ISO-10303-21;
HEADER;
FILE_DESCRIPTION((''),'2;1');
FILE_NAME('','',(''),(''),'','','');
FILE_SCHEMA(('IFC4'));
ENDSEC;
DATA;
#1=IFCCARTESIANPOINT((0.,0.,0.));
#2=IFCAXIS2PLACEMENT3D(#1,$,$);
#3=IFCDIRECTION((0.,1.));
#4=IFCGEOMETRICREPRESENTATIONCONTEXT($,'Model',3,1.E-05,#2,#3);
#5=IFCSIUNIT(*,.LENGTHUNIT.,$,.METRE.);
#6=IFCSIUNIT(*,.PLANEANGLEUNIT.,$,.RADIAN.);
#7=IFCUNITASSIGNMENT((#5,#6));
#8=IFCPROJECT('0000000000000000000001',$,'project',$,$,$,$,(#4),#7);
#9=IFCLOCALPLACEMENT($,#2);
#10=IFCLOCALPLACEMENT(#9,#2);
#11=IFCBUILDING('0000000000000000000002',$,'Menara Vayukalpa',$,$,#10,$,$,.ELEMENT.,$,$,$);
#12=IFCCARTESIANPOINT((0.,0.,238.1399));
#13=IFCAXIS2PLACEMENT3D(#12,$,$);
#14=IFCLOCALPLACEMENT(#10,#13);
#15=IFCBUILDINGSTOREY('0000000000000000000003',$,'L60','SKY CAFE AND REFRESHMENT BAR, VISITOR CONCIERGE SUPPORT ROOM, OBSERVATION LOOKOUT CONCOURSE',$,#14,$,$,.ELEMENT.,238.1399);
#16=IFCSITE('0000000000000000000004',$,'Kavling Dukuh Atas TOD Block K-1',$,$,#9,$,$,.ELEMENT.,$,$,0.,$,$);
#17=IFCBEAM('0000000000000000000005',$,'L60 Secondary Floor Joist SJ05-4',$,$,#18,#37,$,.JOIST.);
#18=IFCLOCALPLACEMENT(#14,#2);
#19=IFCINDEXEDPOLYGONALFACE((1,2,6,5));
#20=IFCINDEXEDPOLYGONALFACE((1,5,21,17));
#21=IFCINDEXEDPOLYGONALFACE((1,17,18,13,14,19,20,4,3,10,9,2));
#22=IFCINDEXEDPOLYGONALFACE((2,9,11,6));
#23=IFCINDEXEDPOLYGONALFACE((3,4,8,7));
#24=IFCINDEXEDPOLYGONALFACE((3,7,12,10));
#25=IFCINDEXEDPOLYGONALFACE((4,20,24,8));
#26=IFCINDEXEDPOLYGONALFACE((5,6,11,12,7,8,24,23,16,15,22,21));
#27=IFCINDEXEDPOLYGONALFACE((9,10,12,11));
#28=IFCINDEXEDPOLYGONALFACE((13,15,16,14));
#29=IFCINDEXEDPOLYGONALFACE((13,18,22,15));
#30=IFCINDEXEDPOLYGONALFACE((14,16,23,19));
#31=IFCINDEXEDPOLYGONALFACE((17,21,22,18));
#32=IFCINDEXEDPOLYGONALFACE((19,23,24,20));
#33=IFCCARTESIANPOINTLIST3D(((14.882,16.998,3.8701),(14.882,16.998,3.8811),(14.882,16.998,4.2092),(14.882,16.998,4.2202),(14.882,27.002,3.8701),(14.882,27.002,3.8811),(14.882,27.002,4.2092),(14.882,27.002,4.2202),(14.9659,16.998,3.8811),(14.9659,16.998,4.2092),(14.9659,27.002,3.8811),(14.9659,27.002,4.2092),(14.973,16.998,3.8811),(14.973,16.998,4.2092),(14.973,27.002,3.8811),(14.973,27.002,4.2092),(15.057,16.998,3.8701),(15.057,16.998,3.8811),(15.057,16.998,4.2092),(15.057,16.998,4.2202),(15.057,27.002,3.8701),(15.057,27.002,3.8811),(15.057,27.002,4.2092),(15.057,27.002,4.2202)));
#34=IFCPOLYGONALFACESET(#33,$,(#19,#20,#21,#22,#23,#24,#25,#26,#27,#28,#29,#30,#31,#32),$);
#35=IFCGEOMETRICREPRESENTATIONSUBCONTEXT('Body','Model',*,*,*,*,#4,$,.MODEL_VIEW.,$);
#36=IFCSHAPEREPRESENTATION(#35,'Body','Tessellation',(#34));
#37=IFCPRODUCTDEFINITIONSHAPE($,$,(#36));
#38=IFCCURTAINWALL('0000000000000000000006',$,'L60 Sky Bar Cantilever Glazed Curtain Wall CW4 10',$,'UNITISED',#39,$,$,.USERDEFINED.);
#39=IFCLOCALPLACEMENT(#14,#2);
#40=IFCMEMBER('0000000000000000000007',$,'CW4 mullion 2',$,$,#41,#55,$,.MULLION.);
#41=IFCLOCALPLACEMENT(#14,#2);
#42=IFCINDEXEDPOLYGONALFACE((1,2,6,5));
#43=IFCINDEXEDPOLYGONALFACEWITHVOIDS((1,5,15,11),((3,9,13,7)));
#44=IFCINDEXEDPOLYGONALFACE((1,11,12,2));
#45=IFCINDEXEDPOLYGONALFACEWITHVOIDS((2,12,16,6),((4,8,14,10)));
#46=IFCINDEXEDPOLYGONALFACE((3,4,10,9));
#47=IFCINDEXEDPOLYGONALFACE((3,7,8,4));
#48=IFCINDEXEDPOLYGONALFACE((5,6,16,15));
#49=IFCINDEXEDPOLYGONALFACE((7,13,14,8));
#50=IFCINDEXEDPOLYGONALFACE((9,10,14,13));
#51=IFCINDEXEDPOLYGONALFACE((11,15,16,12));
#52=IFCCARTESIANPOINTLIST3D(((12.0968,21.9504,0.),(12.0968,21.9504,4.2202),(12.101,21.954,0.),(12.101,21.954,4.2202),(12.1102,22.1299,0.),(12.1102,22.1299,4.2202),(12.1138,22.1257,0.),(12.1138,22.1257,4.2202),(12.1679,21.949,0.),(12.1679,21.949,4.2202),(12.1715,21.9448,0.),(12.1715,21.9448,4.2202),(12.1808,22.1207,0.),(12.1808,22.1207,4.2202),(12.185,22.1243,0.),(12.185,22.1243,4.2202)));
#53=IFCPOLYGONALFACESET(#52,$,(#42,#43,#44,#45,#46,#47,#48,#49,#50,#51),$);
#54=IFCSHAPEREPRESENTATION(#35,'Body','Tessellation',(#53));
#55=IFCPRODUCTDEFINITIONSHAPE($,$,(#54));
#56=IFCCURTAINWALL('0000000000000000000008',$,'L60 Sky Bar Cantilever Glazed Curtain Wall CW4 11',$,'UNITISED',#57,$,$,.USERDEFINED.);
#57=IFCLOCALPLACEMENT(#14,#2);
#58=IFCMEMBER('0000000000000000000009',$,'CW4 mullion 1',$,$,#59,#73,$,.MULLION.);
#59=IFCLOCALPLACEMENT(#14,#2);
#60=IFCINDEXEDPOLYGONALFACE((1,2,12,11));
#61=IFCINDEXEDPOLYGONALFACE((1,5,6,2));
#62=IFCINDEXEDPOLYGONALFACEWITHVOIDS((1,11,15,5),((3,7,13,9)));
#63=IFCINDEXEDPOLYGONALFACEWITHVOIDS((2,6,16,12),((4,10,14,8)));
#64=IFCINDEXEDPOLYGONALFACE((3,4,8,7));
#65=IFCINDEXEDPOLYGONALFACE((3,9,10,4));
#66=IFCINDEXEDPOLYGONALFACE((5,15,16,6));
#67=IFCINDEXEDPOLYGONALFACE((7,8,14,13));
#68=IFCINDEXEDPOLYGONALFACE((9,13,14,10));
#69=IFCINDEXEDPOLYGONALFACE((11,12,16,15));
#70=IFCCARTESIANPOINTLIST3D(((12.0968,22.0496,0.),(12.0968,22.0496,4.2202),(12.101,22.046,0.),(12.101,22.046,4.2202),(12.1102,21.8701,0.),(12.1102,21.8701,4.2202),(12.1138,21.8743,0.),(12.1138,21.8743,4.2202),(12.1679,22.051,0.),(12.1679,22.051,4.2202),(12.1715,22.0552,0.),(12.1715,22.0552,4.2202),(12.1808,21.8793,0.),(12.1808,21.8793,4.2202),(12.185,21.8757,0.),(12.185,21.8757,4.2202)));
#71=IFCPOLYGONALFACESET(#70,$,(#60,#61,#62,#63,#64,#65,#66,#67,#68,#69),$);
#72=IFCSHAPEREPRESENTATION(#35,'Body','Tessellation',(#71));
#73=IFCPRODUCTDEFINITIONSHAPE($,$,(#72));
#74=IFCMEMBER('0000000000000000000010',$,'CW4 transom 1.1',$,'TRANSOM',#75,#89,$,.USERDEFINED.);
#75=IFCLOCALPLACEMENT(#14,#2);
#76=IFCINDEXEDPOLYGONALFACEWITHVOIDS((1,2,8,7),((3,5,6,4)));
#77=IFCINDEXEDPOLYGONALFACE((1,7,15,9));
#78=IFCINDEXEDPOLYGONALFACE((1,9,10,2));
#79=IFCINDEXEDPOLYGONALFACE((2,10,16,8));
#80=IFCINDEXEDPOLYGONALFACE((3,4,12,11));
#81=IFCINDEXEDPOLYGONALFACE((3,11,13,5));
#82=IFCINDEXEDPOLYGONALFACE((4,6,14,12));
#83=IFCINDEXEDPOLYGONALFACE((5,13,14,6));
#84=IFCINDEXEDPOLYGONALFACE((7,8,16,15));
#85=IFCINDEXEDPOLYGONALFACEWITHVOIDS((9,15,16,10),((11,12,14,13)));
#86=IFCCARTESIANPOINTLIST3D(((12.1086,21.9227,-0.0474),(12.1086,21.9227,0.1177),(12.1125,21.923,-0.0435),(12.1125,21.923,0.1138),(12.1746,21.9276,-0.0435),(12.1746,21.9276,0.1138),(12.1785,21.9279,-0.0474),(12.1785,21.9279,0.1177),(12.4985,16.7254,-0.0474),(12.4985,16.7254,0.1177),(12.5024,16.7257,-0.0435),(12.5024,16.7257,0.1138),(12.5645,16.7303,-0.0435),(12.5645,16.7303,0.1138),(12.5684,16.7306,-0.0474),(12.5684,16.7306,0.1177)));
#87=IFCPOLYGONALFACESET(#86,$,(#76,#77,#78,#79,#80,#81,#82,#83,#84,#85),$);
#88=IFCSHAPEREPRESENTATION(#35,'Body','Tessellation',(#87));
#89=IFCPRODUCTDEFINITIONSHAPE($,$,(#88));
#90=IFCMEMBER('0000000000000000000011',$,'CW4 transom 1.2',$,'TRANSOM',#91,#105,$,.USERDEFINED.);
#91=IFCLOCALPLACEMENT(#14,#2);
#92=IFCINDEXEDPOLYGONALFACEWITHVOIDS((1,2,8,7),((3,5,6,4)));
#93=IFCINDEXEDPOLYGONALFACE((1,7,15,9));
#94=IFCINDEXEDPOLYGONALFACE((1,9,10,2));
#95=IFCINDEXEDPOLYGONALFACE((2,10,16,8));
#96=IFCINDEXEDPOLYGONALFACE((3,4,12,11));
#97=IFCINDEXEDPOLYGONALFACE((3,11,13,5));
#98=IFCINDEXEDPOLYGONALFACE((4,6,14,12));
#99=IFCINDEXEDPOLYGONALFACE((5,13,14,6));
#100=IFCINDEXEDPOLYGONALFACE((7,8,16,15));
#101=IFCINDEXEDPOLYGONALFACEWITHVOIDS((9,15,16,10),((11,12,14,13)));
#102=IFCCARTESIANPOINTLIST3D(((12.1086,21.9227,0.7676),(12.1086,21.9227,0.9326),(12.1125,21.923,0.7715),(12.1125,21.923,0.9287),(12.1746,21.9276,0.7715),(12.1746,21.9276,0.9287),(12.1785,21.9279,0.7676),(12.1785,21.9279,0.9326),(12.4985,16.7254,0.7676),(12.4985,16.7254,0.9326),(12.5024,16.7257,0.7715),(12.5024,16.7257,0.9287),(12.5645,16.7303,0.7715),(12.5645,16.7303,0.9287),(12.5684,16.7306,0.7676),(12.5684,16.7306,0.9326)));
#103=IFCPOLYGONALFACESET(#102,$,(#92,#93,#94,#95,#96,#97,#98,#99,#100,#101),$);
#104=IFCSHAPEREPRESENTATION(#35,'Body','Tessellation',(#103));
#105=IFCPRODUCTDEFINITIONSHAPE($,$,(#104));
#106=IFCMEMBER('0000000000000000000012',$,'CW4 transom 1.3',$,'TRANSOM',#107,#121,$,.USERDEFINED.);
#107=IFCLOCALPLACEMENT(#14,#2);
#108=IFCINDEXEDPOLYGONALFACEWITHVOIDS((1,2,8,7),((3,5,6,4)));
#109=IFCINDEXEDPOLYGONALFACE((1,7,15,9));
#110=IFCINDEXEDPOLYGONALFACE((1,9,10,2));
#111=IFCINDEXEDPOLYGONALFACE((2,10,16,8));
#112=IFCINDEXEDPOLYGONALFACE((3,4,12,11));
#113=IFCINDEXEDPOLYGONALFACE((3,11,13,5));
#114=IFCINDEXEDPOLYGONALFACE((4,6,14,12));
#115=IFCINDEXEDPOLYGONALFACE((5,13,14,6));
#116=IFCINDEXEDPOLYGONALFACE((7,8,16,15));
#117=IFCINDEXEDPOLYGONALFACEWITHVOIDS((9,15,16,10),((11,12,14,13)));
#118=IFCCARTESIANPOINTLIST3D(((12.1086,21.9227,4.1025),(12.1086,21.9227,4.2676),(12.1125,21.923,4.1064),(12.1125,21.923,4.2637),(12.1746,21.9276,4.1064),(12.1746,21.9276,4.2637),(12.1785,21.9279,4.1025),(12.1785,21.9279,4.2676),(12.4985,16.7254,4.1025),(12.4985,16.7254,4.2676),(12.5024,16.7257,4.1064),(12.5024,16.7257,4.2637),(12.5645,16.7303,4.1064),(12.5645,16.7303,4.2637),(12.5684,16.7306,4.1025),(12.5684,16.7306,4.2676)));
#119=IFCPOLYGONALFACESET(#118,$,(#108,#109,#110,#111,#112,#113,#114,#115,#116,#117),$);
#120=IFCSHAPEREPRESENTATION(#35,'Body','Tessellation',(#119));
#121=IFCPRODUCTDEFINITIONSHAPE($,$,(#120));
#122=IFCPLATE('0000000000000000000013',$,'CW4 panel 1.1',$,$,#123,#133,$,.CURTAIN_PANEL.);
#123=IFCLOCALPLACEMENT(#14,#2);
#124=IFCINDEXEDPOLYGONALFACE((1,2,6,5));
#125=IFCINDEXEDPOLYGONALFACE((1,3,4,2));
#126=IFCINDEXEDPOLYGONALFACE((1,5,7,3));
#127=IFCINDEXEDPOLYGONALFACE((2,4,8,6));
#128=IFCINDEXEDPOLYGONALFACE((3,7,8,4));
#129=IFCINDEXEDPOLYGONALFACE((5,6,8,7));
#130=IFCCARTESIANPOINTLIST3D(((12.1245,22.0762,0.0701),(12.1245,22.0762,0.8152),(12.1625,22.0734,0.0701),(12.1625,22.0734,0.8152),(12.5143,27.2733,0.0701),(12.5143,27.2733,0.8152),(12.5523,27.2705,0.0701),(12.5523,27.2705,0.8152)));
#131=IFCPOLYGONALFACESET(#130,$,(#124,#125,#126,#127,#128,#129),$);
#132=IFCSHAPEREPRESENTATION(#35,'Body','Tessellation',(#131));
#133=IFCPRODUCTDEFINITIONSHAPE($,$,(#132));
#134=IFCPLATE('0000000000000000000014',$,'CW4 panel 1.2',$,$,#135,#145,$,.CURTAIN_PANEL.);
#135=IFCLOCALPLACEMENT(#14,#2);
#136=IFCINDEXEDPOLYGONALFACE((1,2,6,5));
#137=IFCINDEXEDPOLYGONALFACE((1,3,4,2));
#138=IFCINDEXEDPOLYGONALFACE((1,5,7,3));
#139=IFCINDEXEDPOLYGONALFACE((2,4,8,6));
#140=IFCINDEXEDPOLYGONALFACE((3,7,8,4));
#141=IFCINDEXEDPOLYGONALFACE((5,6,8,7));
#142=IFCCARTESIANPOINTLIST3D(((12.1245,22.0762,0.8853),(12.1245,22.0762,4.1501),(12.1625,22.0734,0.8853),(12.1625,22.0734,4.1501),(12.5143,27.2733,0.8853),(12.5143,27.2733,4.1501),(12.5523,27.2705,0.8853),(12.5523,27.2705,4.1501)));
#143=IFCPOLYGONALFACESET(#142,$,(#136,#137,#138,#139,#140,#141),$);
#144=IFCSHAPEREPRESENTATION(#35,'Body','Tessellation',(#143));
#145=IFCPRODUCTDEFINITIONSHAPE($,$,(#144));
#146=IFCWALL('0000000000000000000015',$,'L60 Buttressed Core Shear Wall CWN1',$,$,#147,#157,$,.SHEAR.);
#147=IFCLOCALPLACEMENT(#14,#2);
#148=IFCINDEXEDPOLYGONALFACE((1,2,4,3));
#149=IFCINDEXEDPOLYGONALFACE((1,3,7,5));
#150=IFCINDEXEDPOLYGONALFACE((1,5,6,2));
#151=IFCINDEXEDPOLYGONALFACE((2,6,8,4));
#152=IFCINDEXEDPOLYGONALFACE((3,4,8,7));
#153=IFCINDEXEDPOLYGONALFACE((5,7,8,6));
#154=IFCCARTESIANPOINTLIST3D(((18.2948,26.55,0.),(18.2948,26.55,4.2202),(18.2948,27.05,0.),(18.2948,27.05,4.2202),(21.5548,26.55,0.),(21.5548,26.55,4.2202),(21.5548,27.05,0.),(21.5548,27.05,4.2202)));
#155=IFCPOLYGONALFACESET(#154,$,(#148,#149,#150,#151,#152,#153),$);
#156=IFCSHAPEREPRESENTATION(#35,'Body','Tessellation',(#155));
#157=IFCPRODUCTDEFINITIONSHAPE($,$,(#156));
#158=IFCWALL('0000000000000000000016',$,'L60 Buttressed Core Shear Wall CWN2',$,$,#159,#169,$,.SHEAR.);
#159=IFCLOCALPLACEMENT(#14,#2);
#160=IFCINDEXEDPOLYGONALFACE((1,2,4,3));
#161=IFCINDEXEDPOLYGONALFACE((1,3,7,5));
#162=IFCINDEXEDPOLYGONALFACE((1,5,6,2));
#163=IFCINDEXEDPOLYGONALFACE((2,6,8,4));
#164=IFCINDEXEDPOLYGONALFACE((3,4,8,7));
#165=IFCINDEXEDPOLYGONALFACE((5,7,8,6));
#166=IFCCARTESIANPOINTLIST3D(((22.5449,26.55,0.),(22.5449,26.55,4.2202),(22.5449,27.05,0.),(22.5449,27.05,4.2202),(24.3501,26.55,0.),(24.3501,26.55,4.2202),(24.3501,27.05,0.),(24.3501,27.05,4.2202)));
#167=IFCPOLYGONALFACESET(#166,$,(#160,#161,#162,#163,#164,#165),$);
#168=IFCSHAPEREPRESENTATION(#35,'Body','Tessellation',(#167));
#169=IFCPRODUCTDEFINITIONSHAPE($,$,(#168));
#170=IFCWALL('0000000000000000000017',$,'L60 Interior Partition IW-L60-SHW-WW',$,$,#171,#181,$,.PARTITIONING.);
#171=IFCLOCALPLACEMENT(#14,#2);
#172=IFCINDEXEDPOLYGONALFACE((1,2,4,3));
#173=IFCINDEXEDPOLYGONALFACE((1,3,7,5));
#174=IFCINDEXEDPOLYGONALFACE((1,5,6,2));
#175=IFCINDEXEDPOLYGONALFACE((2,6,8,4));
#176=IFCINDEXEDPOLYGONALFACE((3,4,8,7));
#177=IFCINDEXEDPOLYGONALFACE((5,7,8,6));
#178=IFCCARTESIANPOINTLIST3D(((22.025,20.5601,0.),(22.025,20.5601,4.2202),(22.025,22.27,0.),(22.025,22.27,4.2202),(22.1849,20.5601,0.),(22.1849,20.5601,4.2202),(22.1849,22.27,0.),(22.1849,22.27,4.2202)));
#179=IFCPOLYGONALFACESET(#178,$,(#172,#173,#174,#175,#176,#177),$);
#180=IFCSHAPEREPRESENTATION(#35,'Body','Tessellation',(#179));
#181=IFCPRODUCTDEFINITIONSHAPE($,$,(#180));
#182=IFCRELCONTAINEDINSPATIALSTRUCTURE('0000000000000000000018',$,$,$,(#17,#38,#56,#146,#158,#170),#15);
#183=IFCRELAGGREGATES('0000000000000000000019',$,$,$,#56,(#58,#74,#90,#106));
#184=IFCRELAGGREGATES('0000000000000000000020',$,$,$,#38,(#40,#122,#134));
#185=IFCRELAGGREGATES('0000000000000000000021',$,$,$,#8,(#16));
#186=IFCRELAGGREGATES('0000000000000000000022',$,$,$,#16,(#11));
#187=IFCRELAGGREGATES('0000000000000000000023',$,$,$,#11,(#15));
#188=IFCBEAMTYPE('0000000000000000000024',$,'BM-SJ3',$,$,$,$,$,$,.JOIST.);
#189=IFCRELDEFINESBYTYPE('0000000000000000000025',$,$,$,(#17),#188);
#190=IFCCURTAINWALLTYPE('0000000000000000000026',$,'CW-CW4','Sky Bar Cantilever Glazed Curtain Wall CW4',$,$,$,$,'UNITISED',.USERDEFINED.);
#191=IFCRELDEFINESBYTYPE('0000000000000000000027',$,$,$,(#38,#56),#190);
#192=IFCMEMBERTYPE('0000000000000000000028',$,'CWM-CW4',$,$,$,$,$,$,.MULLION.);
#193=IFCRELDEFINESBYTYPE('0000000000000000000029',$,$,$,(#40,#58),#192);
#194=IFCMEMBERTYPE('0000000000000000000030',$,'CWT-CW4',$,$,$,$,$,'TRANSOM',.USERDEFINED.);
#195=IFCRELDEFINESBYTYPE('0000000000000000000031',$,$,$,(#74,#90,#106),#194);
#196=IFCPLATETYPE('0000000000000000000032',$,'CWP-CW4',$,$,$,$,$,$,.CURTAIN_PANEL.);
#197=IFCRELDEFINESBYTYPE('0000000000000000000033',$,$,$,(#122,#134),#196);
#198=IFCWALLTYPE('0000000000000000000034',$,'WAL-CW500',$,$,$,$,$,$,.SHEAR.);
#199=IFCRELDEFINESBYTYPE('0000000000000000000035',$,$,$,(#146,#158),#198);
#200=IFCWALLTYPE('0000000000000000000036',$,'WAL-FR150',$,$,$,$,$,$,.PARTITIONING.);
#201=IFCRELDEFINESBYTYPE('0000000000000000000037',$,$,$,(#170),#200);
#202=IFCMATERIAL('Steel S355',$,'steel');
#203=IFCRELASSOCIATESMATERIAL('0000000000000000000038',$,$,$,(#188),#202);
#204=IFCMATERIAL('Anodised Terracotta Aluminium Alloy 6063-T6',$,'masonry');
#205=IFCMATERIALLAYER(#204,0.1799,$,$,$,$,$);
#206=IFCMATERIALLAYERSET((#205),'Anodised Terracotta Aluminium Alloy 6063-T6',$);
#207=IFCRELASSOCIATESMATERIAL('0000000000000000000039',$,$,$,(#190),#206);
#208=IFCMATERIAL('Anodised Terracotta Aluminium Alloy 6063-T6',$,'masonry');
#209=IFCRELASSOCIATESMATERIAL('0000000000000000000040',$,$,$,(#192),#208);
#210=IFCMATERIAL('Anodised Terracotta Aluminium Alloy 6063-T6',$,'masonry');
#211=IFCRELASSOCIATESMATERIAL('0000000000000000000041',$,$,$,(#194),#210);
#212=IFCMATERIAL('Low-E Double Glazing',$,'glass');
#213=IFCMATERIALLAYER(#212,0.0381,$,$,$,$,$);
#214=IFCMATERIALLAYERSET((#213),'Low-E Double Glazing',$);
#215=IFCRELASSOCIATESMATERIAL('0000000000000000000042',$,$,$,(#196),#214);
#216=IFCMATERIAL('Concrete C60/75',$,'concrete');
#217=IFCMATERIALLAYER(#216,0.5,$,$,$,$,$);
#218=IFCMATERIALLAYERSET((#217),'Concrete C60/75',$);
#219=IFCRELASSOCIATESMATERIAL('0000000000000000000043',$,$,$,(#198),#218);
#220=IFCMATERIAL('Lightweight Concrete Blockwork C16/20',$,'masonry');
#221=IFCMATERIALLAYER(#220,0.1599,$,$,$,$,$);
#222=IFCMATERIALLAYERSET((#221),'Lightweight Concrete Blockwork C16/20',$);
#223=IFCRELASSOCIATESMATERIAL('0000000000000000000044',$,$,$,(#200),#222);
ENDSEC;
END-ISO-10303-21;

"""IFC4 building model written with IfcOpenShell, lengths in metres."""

from ifc_helpers import new_model, si_unit, direction, frame, frame_2d, origin, origin_2d, place, context, subcontext, project, spatial, rectangle, hollow_rectangle, i_section, extrude, material, layer, layer_set, material_profile, profile_set, type_object, element, aggregate, save


model = new_model("IFC4")

# Units and contexts
model_context = context("Model", 3, precision=1e-05, world=origin(), true_north=direction((0.0, 1.0)))
body_context = subcontext(model_context, "Body", "Model", "MODEL_VIEW")
ifc_project = project(units=[si_unit("LENGTHUNIT", "METRE"), si_unit("PLANEANGLEUNIT", "RADIAN")], contexts=[model_context])

# Site, building, storey
site_placement = place(None, origin())
site = spatial("IfcSite", under=ifc_project, at=site_placement, Name="Kavling Dukuh Atas TOD Block K-1", CompositionType="ELEMENT", RefElevation=0.0)
building_placement = place(site_placement, origin())
building = spatial("IfcBuilding", under=site, at=building_placement, Name="Menara Vayukalpa", CompositionType="ELEMENT")
storey_placement = place(building_placement, frame((0.0, 0.0, 238.1399)))
storey = spatial("IfcBuildingStorey", under=building, at=storey_placement, Name="L60", Description="SKY CAFE AND REFRESHMENT BAR, VISITOR CONCIERGE SUPPORT ROOM, OBSERVATION LOOKOUT CONCOURSE", CompositionType="ELEMENT", Elevation=238.1399)

# Beam
ifc_material_1 = material(Name="Steel S355", Category="steel")
ifc_material_profile_1 = material_profile(ifc_material_1, i_section(OverallWidth=0.175, OverallDepth=0.3501, WebThickness=0.0071, FlangeThickness=0.011, at=origin_2d()), Name="WF 350x175x7x11")
ifc_profile_set_1 = profile_set([ifc_material_profile_1], Name="Steel S355")
beam_type_1 = type_object("IfcBeamType", Name="BM-SJ3", PredefinedType="JOIST", material=ifc_profile_set_1)
beam_1_placement = place(storey_placement, frame((14.9695, 27.002, 4.0452), z_axis=(0.0, -1.0, 0.0), x_axis=(1.0, 0.0, 0.0)))
element("IfcBeam", 1, at=beam_1_placement, inside=storey, type_object=beam_type_1, Name="L60 Secondary Floor Joist SJ05-4", PredefinedType="JOIST", context=body_context, shape_type="SweptSolid", body=[
    extrude(i_section(OverallWidth=0.175, OverallDepth=0.3501, WebThickness=0.0071, FlangeThickness=0.011, at=origin_2d()), origin(), (0.0, 0.0, 1.0), 10.0039),
])

# Curtain wall, member
ifc_material_2 = material(Name="Anodised Terracotta Aluminium Alloy 6063-T6", Category="masonry")
ifc_layer_1 = layer(ifc_material_2, 0.1799)
ifc_layer_set_1 = layer_set([ifc_layer_1], Name="Anodised Terracotta Aluminium Alloy 6063-T6")
curtain_wall_type = type_object("IfcCurtainWallType", Name="CW-CW4", Description="Sky Bar Cantilever Glazed Curtain Wall CW4", ElementType="UNITISED", PredefinedType="USERDEFINED", material=ifc_layer_set_1)
curtain_wall_1_placement = place(storey_placement, origin())
curtain_wall_1 = element("IfcCurtainWall", 2, at=curtain_wall_1_placement, inside=storey, type_object=curtain_wall_type, Name="L60 Sky Bar Cantilever Glazed Curtain Wall CW4 10", ObjectType="UNITISED", PredefinedType="USERDEFINED")
ifc_material_3 = material(Name="Anodised Terracotta Aluminium Alloy 6063-T6", Category="masonry")
ifc_material_profile_2 = material_profile(ifc_material_3, hollow_rectangle(XDim=0.075, YDim=0.1799, WallThickness=0.0039, at=origin_2d()), Name="ALU 75x180x4")
ifc_profile_set_2 = profile_set([ifc_material_profile_2], Name="Anodised Terracotta Aluminium Alloy 6063-T6")
member_type_1 = type_object("IfcMemberType", Name="CWM-CW4", PredefinedType="MULLION", material=ifc_profile_set_2)
member_1_placement = place(storey_placement, frame((12.1409, 22.0374, 0.0), z_axis=(0.0, 0.0, 1.0), x_axis=(0.997199, -0.074789, 0.0)))
member_1 = element("IfcMember", 3, at=member_1_placement, type_object=member_type_1, Name="CW4 mullion 2", PredefinedType="MULLION", context=body_context, shape_type="SweptSolid", body=[
    extrude(hollow_rectangle(XDim=0.075, YDim=0.1799, WallThickness=0.0039, at=origin_2d()), origin(), (0.0, 0.0, 1.0), 4.2202),
])

# Curtain wall, members
curtain_wall_2_placement = place(storey_placement, origin())
curtain_wall_2 = element("IfcCurtainWall", 4, at=curtain_wall_2_placement, inside=storey, type_object=curtain_wall_type, Name="L60 Sky Bar Cantilever Glazed Curtain Wall CW4 11", ObjectType="UNITISED", PredefinedType="USERDEFINED")
member_2_placement = place(storey_placement, frame((12.1409, 21.9626, 0.0), z_axis=(0.0, 0.0, 1.0), x_axis=(0.997199, 0.074789, 0.0)))
member_2 = element("IfcMember", 5, at=member_2_placement, type_object=member_type_1, Name="CW4 mullion 1", PredefinedType="MULLION", context=body_context, shape_type="SweptSolid", body=[
    extrude(hollow_rectangle(XDim=0.075, YDim=0.1799, WallThickness=0.0039, at=origin_2d()), origin(), (0.0, 0.0, 1.0), 4.2202),
])
ifc_material_4 = material(Name="Anodised Terracotta Aluminium Alloy 6063-T6", Category="masonry")
ifc_material_profile_3 = material_profile(ifc_material_4, hollow_rectangle(XDim=0.0701, YDim=0.165, WallThickness=0.0039, at=origin_2d()), Name="ALU 70x165x4")
ifc_profile_set_3 = profile_set([ifc_material_profile_3], Name="Anodised Terracotta Aluminium Alloy 6063-T6")
member_type_2 = type_object("IfcMemberType", Name="CWT-CW4", ElementType="TRANSOM", PredefinedType="USERDEFINED", material=ifc_profile_set_3)
member_3_placement = place(storey_placement, frame((12.1436, 21.9253, 0.0352), z_axis=(0.074809, -0.997198, 0.0), x_axis=(0.997198, 0.074809, 0.0)))
member_3 = element("IfcMember", 6, at=member_3_placement, type_object=member_type_2, Name="CW4 transom 1.1", ObjectType="TRANSOM", PredefinedType="USERDEFINED", context=body_context, shape_type="SweptSolid", body=[
    extrude(hollow_rectangle(XDim=0.0701, YDim=0.165, WallThickness=0.0039, at=origin_2d()), origin(), (0.0, 0.0, 1.0), 5.2119),
])
member_4_placement = place(storey_placement, frame((12.1436, 21.9253, 0.8501), z_axis=(0.074809, -0.997198, 0.0), x_axis=(0.997198, 0.074809, 0.0)))
member_4 = element("IfcMember", 7, at=member_4_placement, type_object=member_type_2, Name="CW4 transom 1.2", ObjectType="TRANSOM", PredefinedType="USERDEFINED", context=body_context, shape_type="SweptSolid", body=[
    extrude(hollow_rectangle(XDim=0.0701, YDim=0.165, WallThickness=0.0039, at=origin_2d()), origin(), (0.0, 0.0, 1.0), 5.2119),
])
member_5_placement = place(storey_placement, frame((12.1436, 21.9253, 4.1851), z_axis=(0.074809, -0.997198, 0.0), x_axis=(0.997198, 0.074809, 0.0)))
member_5 = element("IfcMember", 8, at=member_5_placement, type_object=member_type_2, Name="CW4 transom 1.3", ObjectType="TRANSOM", PredefinedType="USERDEFINED", context=body_context, shape_type="SweptSolid", body=[
    extrude(hollow_rectangle(XDim=0.0701, YDim=0.165, WallThickness=0.0039, at=origin_2d()), origin(), (0.0, 0.0, 1.0), 5.2119),
])
aggregate(curtain_wall_2, [member_2, member_3, member_4, member_5])

# Plates
ifc_material_5 = material(Name="Low-E Double Glazing", Category="glass")
ifc_layer_2 = layer(ifc_material_5, 0.0381)
ifc_layer_set_2 = layer_set([ifc_layer_2], Name="Low-E Double Glazing")
plate_type = type_object("IfcPlateType", Name="CWP-CW4", PredefinedType="CURTAIN_PANEL", material=ifc_layer_set_2)
plate_1_placement = place(storey_placement, frame((12.3384, 24.6733, 0.0701), z_axis=(0.0, 0.0, 1.0), x_axis=(-0.074789, -0.997199, 0.0)))
plate_1 = element("IfcPlate", 9, at=plate_1_placement, type_object=plate_type, Name="CW4 panel 1.1", PredefinedType="CURTAIN_PANEL", context=body_context, shape_type="SweptSolid", body=[
    extrude(rectangle(XDim=5.2117, YDim=0.0381, at=origin_2d()), origin(), (0.0, 0.0, 1.0), 0.7451),
])
plate_2_placement = place(storey_placement, frame((12.3384, 24.6733, 0.8853), z_axis=(0.0, 0.0, 1.0), x_axis=(-0.074789, -0.997199, 0.0)))
plate_2 = element("IfcPlate", 10, at=plate_2_placement, type_object=plate_type, Name="CW4 panel 1.2", PredefinedType="CURTAIN_PANEL", context=body_context, shape_type="SweptSolid", body=[
    extrude(rectangle(XDim=5.2117, YDim=0.0381, at=origin_2d()), origin(), (0.0, 0.0, 1.0), 3.2649),
])
aggregate(curtain_wall_1, [member_1, plate_1, plate_2])

# Walls
ifc_material_6 = material(Name="Concrete C60/75", Category="concrete")
ifc_layer_3 = layer(ifc_material_6, 0.5)
ifc_layer_set_3 = layer_set([ifc_layer_3], Name="Concrete C60/75")
wall_type_1 = type_object("IfcWallType", Name="WAL-CW500", PredefinedType="SHEAR", material=ifc_layer_set_3)
wall_1_placement = place(storey_placement, frame((18.2949, 26.8, 0.0), z_axis=(0.0, 0.0, 1.0), x_axis=(1.0, 0.0, 0.0)))
element("IfcWall", 11, at=wall_1_placement, inside=storey, type_object=wall_type_1, Name="L60 Buttressed Core Shear Wall CWN1", PredefinedType="SHEAR", context=body_context, shape_type="SweptSolid", body=[
    extrude(rectangle(XDim=3.26, YDim=0.5, at=frame_2d((1.6299, 0.0))), origin(), (0.0, 0.0, 1.0), 4.2202),
])
wall_2_placement = place(storey_placement, frame((22.5449, 26.8, 0.0), z_axis=(0.0, 0.0, 1.0), x_axis=(1.0, 0.0, 0.0)))
element("IfcWall", 12, at=wall_2_placement, inside=storey, type_object=wall_type_1, Name="L60 Buttressed Core Shear Wall CWN2", PredefinedType="SHEAR", context=body_context, shape_type="SweptSolid", body=[
    extrude(rectangle(XDim=1.8052, YDim=0.5, at=frame_2d((0.9026, 0.0))), origin(), (0.0, 0.0, 1.0), 4.2202),
])
ifc_material_7 = material(Name="Lightweight Concrete Blockwork C16/20", Category="masonry")
ifc_layer_4 = layer(ifc_material_7, 0.1599)
ifc_layer_set_4 = layer_set([ifc_layer_4], Name="Lightweight Concrete Blockwork C16/20")
wall_type_2 = type_object("IfcWallType", Name="WAL-FR150", PredefinedType="PARTITIONING", material=ifc_layer_set_4)
wall_3_placement = place(storey_placement, frame((22.105, 20.5601, 0.0), z_axis=(0.0, 0.0, 1.0), x_axis=(0.0, 1.0, 0.0)))
element("IfcWall", 13, at=wall_3_placement, inside=storey, type_object=wall_type_2, Name="L60 Interior Partition IW-L60-SHW-WW", PredefinedType="PARTITIONING", context=body_context, shape_type="SweptSolid", body=[
    extrude(rectangle(XDim=1.71, YDim=0.1599, at=frame_2d((0.855, 0.0))), origin(), (0.0, 0.0, 1.0), 4.2202),
])

save(model, "model.ifc")
